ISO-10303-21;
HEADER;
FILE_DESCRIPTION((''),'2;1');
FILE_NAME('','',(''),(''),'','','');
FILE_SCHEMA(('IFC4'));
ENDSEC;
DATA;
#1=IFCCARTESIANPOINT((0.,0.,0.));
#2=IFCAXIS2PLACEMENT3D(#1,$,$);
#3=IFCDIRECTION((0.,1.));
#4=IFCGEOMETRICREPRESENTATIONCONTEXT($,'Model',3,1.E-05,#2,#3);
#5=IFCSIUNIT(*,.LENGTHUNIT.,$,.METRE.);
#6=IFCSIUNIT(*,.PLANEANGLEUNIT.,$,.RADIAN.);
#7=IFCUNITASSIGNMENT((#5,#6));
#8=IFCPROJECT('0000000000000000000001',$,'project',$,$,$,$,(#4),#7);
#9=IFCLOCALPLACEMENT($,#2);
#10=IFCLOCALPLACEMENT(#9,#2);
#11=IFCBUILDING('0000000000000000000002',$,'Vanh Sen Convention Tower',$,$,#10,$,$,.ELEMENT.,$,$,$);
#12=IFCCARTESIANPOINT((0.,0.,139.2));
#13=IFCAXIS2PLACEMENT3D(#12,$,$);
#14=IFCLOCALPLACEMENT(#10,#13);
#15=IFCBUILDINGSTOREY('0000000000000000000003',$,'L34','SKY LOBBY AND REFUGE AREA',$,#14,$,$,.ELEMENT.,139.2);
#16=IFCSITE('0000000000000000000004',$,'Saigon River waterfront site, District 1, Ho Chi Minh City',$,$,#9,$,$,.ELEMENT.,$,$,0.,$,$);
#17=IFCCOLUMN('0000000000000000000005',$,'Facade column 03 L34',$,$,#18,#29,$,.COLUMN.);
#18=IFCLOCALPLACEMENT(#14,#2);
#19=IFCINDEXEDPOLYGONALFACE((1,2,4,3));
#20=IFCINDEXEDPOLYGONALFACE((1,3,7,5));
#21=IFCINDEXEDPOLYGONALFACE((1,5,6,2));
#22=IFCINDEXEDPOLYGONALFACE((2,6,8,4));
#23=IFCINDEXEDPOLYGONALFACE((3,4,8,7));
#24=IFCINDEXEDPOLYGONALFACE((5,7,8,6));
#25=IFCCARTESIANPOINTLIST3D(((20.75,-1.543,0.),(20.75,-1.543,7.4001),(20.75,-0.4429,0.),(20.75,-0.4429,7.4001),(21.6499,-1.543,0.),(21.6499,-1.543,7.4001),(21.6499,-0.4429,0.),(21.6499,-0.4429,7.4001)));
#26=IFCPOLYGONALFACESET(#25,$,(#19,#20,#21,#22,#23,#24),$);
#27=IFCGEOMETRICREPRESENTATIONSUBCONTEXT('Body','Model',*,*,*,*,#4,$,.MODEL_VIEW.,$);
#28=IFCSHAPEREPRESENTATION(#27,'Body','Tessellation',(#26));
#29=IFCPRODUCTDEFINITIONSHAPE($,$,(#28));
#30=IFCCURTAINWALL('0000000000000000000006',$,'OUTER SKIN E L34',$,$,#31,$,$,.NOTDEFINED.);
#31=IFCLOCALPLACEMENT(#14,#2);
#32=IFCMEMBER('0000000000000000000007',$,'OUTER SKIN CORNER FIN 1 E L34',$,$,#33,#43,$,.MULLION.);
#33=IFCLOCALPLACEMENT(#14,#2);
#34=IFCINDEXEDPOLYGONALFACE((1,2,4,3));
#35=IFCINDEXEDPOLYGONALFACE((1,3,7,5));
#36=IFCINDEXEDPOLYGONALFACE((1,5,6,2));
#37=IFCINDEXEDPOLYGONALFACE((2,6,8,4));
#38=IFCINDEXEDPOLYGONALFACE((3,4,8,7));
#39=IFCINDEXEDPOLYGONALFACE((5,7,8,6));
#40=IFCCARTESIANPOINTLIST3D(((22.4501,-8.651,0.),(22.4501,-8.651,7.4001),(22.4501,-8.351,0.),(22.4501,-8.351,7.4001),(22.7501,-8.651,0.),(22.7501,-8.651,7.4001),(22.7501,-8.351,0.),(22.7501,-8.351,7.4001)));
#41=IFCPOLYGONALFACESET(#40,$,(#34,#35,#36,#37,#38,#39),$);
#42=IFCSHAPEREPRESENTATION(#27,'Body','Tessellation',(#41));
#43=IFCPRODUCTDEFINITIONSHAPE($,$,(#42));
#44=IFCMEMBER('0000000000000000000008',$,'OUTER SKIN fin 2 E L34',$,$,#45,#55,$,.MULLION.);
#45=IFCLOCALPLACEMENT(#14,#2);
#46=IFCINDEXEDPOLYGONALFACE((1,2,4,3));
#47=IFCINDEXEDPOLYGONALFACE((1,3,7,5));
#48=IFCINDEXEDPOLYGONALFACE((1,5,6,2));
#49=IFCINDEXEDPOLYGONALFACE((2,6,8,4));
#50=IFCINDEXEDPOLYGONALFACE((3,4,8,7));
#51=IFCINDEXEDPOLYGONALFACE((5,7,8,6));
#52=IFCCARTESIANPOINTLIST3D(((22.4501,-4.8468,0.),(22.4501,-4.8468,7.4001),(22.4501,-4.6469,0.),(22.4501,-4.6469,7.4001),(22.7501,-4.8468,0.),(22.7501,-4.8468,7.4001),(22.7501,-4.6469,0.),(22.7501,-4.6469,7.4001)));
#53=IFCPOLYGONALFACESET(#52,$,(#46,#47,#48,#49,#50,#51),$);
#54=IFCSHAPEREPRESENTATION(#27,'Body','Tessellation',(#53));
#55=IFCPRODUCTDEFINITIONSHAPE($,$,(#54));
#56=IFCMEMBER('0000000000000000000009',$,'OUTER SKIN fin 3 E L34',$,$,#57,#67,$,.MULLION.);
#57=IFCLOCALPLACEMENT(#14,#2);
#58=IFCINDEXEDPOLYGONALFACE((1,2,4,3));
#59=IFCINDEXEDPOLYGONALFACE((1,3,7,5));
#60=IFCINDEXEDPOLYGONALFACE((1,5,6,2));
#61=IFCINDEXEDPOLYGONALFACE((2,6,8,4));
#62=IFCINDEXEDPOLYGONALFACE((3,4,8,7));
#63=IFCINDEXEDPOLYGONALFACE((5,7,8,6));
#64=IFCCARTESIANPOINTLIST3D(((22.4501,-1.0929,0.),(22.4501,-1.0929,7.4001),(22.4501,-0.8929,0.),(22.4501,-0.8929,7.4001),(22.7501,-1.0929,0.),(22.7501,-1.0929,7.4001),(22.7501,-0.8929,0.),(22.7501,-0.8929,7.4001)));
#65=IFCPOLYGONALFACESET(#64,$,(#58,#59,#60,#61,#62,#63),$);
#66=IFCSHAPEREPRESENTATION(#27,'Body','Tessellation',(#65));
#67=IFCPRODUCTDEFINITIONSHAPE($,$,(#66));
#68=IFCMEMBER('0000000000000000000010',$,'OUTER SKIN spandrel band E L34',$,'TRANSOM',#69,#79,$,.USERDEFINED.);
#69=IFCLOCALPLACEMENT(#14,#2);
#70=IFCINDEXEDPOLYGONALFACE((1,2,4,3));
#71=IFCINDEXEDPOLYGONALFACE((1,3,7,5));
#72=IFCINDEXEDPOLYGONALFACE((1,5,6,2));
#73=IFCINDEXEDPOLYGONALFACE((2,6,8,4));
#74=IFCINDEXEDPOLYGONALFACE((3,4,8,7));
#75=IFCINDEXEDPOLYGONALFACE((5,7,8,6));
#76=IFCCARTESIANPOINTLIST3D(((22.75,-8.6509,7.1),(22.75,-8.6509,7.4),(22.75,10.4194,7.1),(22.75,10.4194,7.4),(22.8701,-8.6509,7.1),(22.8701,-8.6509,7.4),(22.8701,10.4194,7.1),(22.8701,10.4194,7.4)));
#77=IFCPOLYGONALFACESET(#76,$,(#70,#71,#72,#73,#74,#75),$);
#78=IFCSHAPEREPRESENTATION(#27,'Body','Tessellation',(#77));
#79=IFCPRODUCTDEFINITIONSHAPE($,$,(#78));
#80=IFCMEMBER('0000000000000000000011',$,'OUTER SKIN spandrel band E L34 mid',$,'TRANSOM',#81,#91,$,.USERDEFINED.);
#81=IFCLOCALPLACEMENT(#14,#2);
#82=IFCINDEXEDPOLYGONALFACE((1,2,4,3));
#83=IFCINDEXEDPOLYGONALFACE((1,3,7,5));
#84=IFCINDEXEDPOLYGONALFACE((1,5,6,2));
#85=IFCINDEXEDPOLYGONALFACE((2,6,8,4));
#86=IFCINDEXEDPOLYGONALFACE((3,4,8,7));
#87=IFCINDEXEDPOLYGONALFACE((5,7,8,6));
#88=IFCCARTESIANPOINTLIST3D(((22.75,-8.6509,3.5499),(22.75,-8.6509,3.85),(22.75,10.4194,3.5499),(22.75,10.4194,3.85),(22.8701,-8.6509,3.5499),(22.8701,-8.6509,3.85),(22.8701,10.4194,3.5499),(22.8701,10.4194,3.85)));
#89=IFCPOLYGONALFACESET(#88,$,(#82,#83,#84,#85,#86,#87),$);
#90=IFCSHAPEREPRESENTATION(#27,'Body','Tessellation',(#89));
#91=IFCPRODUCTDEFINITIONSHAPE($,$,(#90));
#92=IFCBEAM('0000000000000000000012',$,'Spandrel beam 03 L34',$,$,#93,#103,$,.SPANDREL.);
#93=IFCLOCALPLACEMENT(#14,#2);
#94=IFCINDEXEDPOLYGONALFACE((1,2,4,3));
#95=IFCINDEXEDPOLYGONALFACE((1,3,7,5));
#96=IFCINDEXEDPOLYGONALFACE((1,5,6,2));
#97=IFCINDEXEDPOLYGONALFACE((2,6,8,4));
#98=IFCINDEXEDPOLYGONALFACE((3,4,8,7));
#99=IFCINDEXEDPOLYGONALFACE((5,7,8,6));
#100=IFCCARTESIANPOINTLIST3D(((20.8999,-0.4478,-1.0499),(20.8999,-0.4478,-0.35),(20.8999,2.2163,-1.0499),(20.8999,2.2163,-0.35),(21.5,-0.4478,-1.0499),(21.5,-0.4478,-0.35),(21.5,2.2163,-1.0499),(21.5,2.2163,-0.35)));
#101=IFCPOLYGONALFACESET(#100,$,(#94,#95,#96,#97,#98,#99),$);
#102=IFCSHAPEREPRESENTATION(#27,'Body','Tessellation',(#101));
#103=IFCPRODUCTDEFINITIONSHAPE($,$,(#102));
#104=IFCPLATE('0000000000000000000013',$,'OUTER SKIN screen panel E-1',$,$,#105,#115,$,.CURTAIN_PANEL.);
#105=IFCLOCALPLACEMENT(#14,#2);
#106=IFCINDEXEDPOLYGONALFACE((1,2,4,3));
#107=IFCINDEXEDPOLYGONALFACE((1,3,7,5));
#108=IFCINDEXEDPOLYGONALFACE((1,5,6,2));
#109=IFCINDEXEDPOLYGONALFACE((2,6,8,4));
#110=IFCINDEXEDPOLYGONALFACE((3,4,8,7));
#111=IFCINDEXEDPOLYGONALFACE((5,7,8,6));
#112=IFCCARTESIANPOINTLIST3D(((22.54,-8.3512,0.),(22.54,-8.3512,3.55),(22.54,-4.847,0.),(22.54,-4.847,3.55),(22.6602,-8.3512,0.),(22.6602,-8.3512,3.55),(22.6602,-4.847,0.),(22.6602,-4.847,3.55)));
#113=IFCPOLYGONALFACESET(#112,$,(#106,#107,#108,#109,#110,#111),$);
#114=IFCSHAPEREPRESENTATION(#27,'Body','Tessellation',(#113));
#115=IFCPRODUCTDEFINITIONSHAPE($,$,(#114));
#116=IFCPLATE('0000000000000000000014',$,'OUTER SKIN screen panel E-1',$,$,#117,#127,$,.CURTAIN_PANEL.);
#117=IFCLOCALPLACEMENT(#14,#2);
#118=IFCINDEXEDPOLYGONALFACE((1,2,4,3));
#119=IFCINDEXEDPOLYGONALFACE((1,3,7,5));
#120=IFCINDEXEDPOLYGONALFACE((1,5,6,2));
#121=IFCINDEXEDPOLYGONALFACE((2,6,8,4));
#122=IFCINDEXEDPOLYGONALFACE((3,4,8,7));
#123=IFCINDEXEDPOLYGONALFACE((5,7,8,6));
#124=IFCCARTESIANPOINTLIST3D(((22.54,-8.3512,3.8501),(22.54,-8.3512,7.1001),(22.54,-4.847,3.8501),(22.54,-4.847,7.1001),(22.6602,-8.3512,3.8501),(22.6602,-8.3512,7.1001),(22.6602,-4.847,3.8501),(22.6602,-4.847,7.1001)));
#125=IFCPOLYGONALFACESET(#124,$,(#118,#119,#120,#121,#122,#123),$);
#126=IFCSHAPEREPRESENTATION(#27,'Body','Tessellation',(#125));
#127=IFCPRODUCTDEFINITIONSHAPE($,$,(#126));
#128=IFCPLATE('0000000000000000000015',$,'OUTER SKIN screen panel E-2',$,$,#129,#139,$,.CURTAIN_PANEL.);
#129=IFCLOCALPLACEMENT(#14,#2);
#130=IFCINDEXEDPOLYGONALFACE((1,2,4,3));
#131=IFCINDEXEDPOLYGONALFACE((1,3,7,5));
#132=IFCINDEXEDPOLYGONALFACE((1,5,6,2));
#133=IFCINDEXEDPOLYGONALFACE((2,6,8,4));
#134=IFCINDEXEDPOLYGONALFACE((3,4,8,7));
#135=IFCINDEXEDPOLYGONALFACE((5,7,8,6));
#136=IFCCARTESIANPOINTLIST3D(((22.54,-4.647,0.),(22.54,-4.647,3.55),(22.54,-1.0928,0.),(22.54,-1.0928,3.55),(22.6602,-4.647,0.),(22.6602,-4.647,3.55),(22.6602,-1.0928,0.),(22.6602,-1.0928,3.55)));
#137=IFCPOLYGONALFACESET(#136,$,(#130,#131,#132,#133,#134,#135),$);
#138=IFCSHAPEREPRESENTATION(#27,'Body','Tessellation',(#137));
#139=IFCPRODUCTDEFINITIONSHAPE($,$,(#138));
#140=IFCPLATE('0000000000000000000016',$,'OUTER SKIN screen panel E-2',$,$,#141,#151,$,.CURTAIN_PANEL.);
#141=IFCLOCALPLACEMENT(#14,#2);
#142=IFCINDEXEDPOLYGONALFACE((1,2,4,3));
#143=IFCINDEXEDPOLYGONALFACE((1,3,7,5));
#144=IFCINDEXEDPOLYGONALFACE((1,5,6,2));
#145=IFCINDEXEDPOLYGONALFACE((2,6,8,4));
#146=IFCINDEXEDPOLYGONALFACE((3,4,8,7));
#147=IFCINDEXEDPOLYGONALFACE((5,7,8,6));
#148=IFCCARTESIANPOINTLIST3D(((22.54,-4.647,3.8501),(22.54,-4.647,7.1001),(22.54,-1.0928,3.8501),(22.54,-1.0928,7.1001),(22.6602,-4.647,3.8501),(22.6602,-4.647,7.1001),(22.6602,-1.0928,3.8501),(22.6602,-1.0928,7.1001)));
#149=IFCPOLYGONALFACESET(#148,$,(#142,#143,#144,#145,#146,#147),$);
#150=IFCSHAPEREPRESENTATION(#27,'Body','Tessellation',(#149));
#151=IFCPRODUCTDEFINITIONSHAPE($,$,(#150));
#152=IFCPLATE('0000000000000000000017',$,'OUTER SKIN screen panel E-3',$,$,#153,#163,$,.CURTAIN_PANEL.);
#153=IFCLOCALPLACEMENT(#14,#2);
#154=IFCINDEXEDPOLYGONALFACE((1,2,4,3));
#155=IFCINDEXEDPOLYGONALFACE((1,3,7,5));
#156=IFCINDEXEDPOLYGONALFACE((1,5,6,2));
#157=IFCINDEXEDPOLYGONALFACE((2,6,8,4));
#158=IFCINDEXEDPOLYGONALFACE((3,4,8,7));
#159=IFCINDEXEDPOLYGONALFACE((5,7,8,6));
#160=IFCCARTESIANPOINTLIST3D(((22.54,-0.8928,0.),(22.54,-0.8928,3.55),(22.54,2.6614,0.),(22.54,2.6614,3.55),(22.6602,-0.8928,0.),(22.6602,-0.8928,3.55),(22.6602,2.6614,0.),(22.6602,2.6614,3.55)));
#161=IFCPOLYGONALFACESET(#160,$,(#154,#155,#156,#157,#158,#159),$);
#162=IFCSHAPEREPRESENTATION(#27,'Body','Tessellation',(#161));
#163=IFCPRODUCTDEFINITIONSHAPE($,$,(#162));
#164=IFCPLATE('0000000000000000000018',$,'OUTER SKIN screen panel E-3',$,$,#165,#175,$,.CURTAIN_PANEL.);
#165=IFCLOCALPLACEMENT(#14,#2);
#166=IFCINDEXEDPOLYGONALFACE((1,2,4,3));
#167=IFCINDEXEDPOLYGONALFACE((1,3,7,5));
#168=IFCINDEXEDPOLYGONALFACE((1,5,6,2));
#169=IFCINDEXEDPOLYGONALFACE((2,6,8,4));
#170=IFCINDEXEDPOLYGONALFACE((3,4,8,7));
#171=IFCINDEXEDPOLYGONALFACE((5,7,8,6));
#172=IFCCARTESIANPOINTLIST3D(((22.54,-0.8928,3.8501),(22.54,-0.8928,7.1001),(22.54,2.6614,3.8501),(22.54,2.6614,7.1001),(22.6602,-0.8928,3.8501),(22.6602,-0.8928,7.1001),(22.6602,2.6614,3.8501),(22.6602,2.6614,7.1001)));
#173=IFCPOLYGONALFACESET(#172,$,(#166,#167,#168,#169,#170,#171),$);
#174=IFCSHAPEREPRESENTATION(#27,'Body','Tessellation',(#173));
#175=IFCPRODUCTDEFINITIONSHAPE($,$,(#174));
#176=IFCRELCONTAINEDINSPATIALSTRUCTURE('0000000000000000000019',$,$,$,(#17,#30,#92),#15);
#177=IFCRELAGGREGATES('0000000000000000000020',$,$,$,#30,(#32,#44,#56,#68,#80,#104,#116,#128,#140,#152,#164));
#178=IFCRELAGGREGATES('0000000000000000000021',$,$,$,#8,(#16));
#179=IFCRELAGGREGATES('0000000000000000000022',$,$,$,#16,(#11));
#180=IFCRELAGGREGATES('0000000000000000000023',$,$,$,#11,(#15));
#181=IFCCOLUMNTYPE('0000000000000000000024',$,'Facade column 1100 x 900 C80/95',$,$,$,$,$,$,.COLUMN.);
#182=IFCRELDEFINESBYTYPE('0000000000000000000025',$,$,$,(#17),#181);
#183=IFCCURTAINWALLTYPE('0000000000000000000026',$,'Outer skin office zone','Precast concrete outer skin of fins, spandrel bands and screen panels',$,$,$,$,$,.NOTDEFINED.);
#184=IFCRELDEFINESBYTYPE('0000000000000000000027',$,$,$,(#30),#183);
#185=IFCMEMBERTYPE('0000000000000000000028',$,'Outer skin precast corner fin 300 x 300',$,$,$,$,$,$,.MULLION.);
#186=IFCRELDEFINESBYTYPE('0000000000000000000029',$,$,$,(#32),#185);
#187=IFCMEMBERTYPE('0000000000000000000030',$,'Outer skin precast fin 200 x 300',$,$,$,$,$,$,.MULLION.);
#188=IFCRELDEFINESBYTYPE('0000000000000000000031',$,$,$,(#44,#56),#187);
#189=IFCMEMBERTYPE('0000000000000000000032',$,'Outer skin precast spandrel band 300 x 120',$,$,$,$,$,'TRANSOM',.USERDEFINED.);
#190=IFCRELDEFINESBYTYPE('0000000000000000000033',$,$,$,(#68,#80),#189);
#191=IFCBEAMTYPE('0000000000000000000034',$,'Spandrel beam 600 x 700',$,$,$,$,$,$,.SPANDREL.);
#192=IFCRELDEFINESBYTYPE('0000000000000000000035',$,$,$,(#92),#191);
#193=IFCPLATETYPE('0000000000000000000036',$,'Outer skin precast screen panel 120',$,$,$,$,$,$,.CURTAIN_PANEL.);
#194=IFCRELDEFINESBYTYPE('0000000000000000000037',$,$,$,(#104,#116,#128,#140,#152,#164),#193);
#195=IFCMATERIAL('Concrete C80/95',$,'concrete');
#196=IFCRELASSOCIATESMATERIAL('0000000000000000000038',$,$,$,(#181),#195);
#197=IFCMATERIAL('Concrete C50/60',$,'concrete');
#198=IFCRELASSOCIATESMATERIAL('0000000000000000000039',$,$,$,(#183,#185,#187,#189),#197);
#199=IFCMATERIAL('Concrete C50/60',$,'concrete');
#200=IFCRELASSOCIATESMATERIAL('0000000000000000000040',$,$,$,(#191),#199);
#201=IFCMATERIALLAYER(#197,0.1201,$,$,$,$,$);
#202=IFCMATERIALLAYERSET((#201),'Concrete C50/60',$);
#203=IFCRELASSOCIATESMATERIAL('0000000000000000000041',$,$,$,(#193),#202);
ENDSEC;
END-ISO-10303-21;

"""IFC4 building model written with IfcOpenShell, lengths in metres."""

from ifc_helpers import new_model, si_unit, direction, frame, origin, origin_2d, place, context, subcontext, project, spatial, rectangle, extrude, material, layer, layer_set, material_profile, profile_set, type_object, element, aggregate, save


model = new_model("IFC4")

# Units and contexts
model_context = context("Model", 3, precision=1e-05, world=origin(), true_north=direction((0.0, 1.0)))
body_context = subcontext(model_context, "Body", "Model", "MODEL_VIEW")
ifc_project = project(units=[si_unit("LENGTHUNIT", "METRE"), si_unit("PLANEANGLEUNIT", "RADIAN")], contexts=[model_context])

# Site, building, storey
site_placement = place(None, origin())
site = spatial("IfcSite", under=ifc_project, at=site_placement, Name="Saigon River waterfront site, District 1, Ho Chi Minh City", CompositionType="ELEMENT", RefElevation=0.0)
building_placement = place(site_placement, origin())
building = spatial("IfcBuilding", under=site, at=building_placement, Name="Vanh Sen Convention Tower", CompositionType="ELEMENT")
storey_placement = place(building_placement, frame((0.0, 0.0, 139.2)))
storey = spatial("IfcBuildingStorey", under=building, at=storey_placement, Name="L34", Description="SKY LOBBY AND REFUGE AREA", CompositionType="ELEMENT", Elevation=139.2)

# Column
ifc_material_1 = material(Name="Concrete C80/95", Category="concrete")
ifc_material_profile_1 = material_profile(ifc_material_1, rectangle(XDim=1.1001, YDim=0.8999, at=origin_2d()), Name="RC 1100X900")
ifc_profile_set_1 = profile_set([ifc_material_profile_1], Name="Concrete C80/95")
column_type = type_object("IfcColumnType", Name="Facade column 1100 x 900 C80/95", PredefinedType="COLUMN", material=ifc_profile_set_1)
column_placement = place(storey_placement, frame((21.2, -0.9929, 0.0), z_axis=(0.0, 0.0, 1.0), x_axis=(0.0, 1.0, 0.0)))
element("IfcColumn", 1, at=column_placement, inside=storey, type_object=column_type, Name="Facade column 03 L34", PredefinedType="COLUMN", context=body_context, shape_type="SweptSolid", body=[
    extrude(rectangle(XDim=1.1001, YDim=0.8999, at=origin_2d()), origin(), (0.0, 0.0, 1.0), 7.4001),
])

# Curtain wall, members
ifc_material_2 = material(Name="Concrete C50/60", Category="concrete")
curtain_wall_type = type_object("IfcCurtainWallType", Name="Outer skin office zone", Description="Precast concrete outer skin of fins, spandrel bands and screen panels", PredefinedType="NOTDEFINED", material=ifc_material_2)
curtain_wall_placement = place(storey_placement, origin())
curtain_wall = element("IfcCurtainWall", 2, at=curtain_wall_placement, inside=storey, type_object=curtain_wall_type, Name="OUTER SKIN E L34", PredefinedType="NOTDEFINED")
ifc_material_profile_2 = material_profile(ifc_material_2, rectangle(XDim=0.3, YDim=0.3, at=origin_2d()), Name="Outer skin precast corner fin 300 x 300")
ifc_profile_set_2 = profile_set([ifc_material_profile_2], Name="Concrete C50/60")
member_type_1 = type_object("IfcMemberType", Name="Outer skin precast corner fin 300 x 300", PredefinedType="MULLION", material=ifc_profile_set_2)
member_1_placement = place(storey_placement, frame((22.6001, -8.501, 0.0), z_axis=(0.0, 0.0, 1.0), x_axis=(0.0, 1.0, 0.0)))
member_1 = element("IfcMember", 3, at=member_1_placement, type_object=member_type_1, Name="OUTER SKIN CORNER FIN 1 E L34", PredefinedType="MULLION", context=body_context, shape_type="SweptSolid", body=[
    extrude(rectangle(XDim=0.3, YDim=0.3, at=origin_2d()), origin(), (0.0, 0.0, 1.0), 7.4001),
])
ifc_material_profile_3 = material_profile(ifc_material_2, rectangle(XDim=0.2, YDim=0.3, at=origin_2d()), Name="Outer skin precast fin 200 x 300")
ifc_profile_set_3 = profile_set([ifc_material_profile_3], Name="Concrete C50/60")
member_type_2 = type_object("IfcMemberType", Name="Outer skin precast fin 200 x 300", PredefinedType="MULLION", material=ifc_profile_set_3)
member_2_placement = place(storey_placement, frame((22.6001, -4.7468, 0.0), z_axis=(0.0, 0.0, 1.0), x_axis=(0.0, 1.0, 0.0)))
member_2 = element("IfcMember", 4, at=member_2_placement, type_object=member_type_2, Name="OUTER SKIN fin 2 E L34", PredefinedType="MULLION", context=body_context, shape_type="SweptSolid", body=[
    extrude(rectangle(XDim=0.2, YDim=0.3, at=origin_2d()), origin(), (0.0, 0.0, 1.0), 7.4001),
])
member_3_placement = place(storey_placement, frame((22.6001, -0.9929, 0.0), z_axis=(0.0, 0.0, 1.0), x_axis=(0.0, 1.0, 0.0)))
member_3 = element("IfcMember", 5, at=member_3_placement, type_object=member_type_2, Name="OUTER SKIN fin 3 E L34", PredefinedType="MULLION", context=body_context, shape_type="SweptSolid", body=[
    extrude(rectangle(XDim=0.2, YDim=0.3, at=origin_2d()), origin(), (0.0, 0.0, 1.0), 7.4001),
])
ifc_material_profile_4 = material_profile(ifc_material_2, rectangle(XDim=0.1201, YDim=0.3, at=origin_2d()), Name="Outer skin precast spandrel band 300 x 120")
ifc_profile_set_4 = profile_set([ifc_material_profile_4], Name="Concrete C50/60")
member_type_3 = type_object("IfcMemberType", Name="Outer skin precast spandrel band 300 x 120", ElementType="TRANSOM", PredefinedType="USERDEFINED", material=ifc_profile_set_4)
member_4_placement = place(storey_placement, frame((22.8101, -8.6509, 7.25), z_axis=(0.0, 1.0, 0.0), x_axis=(-1.0, 0.0, 0.0)))
member_4 = element("IfcMember", 6, at=member_4_placement, type_object=member_type_3, Name="OUTER SKIN spandrel band E L34", ObjectType="TRANSOM", PredefinedType="USERDEFINED", context=body_context, shape_type="SweptSolid", body=[
    extrude(rectangle(XDim=0.1201, YDim=0.3, at=origin_2d()), origin(), (0.0, 0.0, 1.0), 19.0703),
])
member_5_placement = place(storey_placement, frame((22.8101, -8.6509, 3.7), z_axis=(0.0, 1.0, 0.0), x_axis=(-1.0, 0.0, 0.0)))
member_5 = element("IfcMember", 7, at=member_5_placement, type_object=member_type_3, Name="OUTER SKIN spandrel band E L34 mid", ObjectType="TRANSOM", PredefinedType="USERDEFINED", context=body_context, shape_type="SweptSolid", body=[
    extrude(rectangle(XDim=0.1201, YDim=0.3, at=origin_2d()), origin(), (0.0, 0.0, 1.0), 19.0703),
])

# Beam
ifc_material_3 = material(Name="Concrete C50/60", Category="concrete")
ifc_material_profile_5 = material_profile(ifc_material_3, rectangle(XDim=0.6001, YDim=0.7, at=origin_2d()), Name="RC 600X700")
ifc_profile_set_5 = profile_set([ifc_material_profile_5], Name="Concrete C50/60")
beam_type = type_object("IfcBeamType", Name="Spandrel beam 600 x 700", PredefinedType="SPANDREL", material=ifc_profile_set_5)
beam_placement = place(storey_placement, frame((21.2, -0.4478, -0.7), z_axis=(0.0, 1.0, 0.0), x_axis=(-1.0, 0.0, 0.0)))
element("IfcBeam", 8, at=beam_placement, inside=storey, type_object=beam_type, Name="Spandrel beam 03 L34", PredefinedType="SPANDREL", context=body_context, shape_type="SweptSolid", body=[
    extrude(rectangle(XDim=0.6001, YDim=0.7, at=origin_2d()), origin(), (0.0, 0.0, 1.0), 2.6641),
])

# Plates
ifc_layer_1 = layer(ifc_material_2, 0.1201)
ifc_layer_set_1 = layer_set([ifc_layer_1], Name="Concrete C50/60")
plate_type = type_object("IfcPlateType", Name="Outer skin precast screen panel 120", PredefinedType="CURTAIN_PANEL", material=ifc_layer_set_1)
plate_1_placement = place(storey_placement, frame((22.6001, -6.5991, 0.0), z_axis=(0.0, 0.0, 1.0), x_axis=(0.0, 1.0, 0.0)))
plate_1 = element("IfcPlate", 9, at=plate_1_placement, type_object=plate_type, Name="OUTER SKIN screen panel E-1", PredefinedType="CURTAIN_PANEL", context=body_context, shape_type="SweptSolid", body=[
    extrude(rectangle(XDim=3.5042, YDim=0.1201, at=origin_2d()), origin(), (0.0, 0.0, 1.0), 3.55),
])
plate_2_placement = place(storey_placement, frame((22.6001, -6.5991, 3.8501), z_axis=(0.0, 0.0, 1.0), x_axis=(0.0, 1.0, 0.0)))
plate_2 = element("IfcPlate", 10, at=plate_2_placement, type_object=plate_type, Name="OUTER SKIN screen panel E-1", PredefinedType="CURTAIN_PANEL", context=body_context, shape_type="SweptSolid", body=[
    extrude(rectangle(XDim=3.5042, YDim=0.1201, at=origin_2d()), origin(), (0.0, 0.0, 1.0), 3.25),
])
plate_3_placement = place(storey_placement, frame((22.6001, -2.8699, 0.0), z_axis=(0.0, 0.0, 1.0), x_axis=(0.0, 1.0, 0.0)))
plate_3 = element("IfcPlate", 11, at=plate_3_placement, type_object=plate_type, Name="OUTER SKIN screen panel E-2", PredefinedType="CURTAIN_PANEL", context=body_context, shape_type="SweptSolid", body=[
    extrude(rectangle(XDim=3.5542, YDim=0.1201, at=origin_2d()), origin(), (0.0, 0.0, 1.0), 3.55),
])
plate_4_placement = place(storey_placement, frame((22.6001, -2.8699, 3.8501), z_axis=(0.0, 0.0, 1.0), x_axis=(0.0, 1.0, 0.0)))
plate_4 = element("IfcPlate", 12, at=plate_4_placement, type_object=plate_type, Name="OUTER SKIN screen panel E-2", PredefinedType="CURTAIN_PANEL", context=body_context, shape_type="SweptSolid", body=[
    extrude(rectangle(XDim=3.5542, YDim=0.1201, at=origin_2d()), origin(), (0.0, 0.0, 1.0), 3.25),
])
plate_5_placement = place(storey_placement, frame((22.6001, 0.8843, 0.0), z_axis=(0.0, 0.0, 1.0), x_axis=(0.0, 1.0, 0.0)))
plate_5 = element("IfcPlate", 13, at=plate_5_placement, type_object=plate_type, Name="OUTER SKIN screen panel E-3", PredefinedType="CURTAIN_PANEL", context=body_context, shape_type="SweptSolid", body=[
    extrude(rectangle(XDim=3.5542, YDim=0.1201, at=origin_2d()), origin(), (0.0, 0.0, 1.0), 3.55),
])
plate_6_placement = place(storey_placement, frame((22.6001, 0.8843, 3.8501), z_axis=(0.0, 0.0, 1.0), x_axis=(0.0, 1.0, 0.0)))
plate_6 = element("IfcPlate", 14, at=plate_6_placement, type_object=plate_type, Name="OUTER SKIN screen panel E-3", PredefinedType="CURTAIN_PANEL", context=body_context, shape_type="SweptSolid", body=[
    extrude(rectangle(XDim=3.5542, YDim=0.1201, at=origin_2d()), origin(), (0.0, 0.0, 1.0), 3.25),
])
aggregate(curtain_wall, [member_1, member_2, member_3, member_4, member_5, plate_1, plate_2, plate_3, plate_4, plate_5, plate_6])

save(model, "model.ifc")
